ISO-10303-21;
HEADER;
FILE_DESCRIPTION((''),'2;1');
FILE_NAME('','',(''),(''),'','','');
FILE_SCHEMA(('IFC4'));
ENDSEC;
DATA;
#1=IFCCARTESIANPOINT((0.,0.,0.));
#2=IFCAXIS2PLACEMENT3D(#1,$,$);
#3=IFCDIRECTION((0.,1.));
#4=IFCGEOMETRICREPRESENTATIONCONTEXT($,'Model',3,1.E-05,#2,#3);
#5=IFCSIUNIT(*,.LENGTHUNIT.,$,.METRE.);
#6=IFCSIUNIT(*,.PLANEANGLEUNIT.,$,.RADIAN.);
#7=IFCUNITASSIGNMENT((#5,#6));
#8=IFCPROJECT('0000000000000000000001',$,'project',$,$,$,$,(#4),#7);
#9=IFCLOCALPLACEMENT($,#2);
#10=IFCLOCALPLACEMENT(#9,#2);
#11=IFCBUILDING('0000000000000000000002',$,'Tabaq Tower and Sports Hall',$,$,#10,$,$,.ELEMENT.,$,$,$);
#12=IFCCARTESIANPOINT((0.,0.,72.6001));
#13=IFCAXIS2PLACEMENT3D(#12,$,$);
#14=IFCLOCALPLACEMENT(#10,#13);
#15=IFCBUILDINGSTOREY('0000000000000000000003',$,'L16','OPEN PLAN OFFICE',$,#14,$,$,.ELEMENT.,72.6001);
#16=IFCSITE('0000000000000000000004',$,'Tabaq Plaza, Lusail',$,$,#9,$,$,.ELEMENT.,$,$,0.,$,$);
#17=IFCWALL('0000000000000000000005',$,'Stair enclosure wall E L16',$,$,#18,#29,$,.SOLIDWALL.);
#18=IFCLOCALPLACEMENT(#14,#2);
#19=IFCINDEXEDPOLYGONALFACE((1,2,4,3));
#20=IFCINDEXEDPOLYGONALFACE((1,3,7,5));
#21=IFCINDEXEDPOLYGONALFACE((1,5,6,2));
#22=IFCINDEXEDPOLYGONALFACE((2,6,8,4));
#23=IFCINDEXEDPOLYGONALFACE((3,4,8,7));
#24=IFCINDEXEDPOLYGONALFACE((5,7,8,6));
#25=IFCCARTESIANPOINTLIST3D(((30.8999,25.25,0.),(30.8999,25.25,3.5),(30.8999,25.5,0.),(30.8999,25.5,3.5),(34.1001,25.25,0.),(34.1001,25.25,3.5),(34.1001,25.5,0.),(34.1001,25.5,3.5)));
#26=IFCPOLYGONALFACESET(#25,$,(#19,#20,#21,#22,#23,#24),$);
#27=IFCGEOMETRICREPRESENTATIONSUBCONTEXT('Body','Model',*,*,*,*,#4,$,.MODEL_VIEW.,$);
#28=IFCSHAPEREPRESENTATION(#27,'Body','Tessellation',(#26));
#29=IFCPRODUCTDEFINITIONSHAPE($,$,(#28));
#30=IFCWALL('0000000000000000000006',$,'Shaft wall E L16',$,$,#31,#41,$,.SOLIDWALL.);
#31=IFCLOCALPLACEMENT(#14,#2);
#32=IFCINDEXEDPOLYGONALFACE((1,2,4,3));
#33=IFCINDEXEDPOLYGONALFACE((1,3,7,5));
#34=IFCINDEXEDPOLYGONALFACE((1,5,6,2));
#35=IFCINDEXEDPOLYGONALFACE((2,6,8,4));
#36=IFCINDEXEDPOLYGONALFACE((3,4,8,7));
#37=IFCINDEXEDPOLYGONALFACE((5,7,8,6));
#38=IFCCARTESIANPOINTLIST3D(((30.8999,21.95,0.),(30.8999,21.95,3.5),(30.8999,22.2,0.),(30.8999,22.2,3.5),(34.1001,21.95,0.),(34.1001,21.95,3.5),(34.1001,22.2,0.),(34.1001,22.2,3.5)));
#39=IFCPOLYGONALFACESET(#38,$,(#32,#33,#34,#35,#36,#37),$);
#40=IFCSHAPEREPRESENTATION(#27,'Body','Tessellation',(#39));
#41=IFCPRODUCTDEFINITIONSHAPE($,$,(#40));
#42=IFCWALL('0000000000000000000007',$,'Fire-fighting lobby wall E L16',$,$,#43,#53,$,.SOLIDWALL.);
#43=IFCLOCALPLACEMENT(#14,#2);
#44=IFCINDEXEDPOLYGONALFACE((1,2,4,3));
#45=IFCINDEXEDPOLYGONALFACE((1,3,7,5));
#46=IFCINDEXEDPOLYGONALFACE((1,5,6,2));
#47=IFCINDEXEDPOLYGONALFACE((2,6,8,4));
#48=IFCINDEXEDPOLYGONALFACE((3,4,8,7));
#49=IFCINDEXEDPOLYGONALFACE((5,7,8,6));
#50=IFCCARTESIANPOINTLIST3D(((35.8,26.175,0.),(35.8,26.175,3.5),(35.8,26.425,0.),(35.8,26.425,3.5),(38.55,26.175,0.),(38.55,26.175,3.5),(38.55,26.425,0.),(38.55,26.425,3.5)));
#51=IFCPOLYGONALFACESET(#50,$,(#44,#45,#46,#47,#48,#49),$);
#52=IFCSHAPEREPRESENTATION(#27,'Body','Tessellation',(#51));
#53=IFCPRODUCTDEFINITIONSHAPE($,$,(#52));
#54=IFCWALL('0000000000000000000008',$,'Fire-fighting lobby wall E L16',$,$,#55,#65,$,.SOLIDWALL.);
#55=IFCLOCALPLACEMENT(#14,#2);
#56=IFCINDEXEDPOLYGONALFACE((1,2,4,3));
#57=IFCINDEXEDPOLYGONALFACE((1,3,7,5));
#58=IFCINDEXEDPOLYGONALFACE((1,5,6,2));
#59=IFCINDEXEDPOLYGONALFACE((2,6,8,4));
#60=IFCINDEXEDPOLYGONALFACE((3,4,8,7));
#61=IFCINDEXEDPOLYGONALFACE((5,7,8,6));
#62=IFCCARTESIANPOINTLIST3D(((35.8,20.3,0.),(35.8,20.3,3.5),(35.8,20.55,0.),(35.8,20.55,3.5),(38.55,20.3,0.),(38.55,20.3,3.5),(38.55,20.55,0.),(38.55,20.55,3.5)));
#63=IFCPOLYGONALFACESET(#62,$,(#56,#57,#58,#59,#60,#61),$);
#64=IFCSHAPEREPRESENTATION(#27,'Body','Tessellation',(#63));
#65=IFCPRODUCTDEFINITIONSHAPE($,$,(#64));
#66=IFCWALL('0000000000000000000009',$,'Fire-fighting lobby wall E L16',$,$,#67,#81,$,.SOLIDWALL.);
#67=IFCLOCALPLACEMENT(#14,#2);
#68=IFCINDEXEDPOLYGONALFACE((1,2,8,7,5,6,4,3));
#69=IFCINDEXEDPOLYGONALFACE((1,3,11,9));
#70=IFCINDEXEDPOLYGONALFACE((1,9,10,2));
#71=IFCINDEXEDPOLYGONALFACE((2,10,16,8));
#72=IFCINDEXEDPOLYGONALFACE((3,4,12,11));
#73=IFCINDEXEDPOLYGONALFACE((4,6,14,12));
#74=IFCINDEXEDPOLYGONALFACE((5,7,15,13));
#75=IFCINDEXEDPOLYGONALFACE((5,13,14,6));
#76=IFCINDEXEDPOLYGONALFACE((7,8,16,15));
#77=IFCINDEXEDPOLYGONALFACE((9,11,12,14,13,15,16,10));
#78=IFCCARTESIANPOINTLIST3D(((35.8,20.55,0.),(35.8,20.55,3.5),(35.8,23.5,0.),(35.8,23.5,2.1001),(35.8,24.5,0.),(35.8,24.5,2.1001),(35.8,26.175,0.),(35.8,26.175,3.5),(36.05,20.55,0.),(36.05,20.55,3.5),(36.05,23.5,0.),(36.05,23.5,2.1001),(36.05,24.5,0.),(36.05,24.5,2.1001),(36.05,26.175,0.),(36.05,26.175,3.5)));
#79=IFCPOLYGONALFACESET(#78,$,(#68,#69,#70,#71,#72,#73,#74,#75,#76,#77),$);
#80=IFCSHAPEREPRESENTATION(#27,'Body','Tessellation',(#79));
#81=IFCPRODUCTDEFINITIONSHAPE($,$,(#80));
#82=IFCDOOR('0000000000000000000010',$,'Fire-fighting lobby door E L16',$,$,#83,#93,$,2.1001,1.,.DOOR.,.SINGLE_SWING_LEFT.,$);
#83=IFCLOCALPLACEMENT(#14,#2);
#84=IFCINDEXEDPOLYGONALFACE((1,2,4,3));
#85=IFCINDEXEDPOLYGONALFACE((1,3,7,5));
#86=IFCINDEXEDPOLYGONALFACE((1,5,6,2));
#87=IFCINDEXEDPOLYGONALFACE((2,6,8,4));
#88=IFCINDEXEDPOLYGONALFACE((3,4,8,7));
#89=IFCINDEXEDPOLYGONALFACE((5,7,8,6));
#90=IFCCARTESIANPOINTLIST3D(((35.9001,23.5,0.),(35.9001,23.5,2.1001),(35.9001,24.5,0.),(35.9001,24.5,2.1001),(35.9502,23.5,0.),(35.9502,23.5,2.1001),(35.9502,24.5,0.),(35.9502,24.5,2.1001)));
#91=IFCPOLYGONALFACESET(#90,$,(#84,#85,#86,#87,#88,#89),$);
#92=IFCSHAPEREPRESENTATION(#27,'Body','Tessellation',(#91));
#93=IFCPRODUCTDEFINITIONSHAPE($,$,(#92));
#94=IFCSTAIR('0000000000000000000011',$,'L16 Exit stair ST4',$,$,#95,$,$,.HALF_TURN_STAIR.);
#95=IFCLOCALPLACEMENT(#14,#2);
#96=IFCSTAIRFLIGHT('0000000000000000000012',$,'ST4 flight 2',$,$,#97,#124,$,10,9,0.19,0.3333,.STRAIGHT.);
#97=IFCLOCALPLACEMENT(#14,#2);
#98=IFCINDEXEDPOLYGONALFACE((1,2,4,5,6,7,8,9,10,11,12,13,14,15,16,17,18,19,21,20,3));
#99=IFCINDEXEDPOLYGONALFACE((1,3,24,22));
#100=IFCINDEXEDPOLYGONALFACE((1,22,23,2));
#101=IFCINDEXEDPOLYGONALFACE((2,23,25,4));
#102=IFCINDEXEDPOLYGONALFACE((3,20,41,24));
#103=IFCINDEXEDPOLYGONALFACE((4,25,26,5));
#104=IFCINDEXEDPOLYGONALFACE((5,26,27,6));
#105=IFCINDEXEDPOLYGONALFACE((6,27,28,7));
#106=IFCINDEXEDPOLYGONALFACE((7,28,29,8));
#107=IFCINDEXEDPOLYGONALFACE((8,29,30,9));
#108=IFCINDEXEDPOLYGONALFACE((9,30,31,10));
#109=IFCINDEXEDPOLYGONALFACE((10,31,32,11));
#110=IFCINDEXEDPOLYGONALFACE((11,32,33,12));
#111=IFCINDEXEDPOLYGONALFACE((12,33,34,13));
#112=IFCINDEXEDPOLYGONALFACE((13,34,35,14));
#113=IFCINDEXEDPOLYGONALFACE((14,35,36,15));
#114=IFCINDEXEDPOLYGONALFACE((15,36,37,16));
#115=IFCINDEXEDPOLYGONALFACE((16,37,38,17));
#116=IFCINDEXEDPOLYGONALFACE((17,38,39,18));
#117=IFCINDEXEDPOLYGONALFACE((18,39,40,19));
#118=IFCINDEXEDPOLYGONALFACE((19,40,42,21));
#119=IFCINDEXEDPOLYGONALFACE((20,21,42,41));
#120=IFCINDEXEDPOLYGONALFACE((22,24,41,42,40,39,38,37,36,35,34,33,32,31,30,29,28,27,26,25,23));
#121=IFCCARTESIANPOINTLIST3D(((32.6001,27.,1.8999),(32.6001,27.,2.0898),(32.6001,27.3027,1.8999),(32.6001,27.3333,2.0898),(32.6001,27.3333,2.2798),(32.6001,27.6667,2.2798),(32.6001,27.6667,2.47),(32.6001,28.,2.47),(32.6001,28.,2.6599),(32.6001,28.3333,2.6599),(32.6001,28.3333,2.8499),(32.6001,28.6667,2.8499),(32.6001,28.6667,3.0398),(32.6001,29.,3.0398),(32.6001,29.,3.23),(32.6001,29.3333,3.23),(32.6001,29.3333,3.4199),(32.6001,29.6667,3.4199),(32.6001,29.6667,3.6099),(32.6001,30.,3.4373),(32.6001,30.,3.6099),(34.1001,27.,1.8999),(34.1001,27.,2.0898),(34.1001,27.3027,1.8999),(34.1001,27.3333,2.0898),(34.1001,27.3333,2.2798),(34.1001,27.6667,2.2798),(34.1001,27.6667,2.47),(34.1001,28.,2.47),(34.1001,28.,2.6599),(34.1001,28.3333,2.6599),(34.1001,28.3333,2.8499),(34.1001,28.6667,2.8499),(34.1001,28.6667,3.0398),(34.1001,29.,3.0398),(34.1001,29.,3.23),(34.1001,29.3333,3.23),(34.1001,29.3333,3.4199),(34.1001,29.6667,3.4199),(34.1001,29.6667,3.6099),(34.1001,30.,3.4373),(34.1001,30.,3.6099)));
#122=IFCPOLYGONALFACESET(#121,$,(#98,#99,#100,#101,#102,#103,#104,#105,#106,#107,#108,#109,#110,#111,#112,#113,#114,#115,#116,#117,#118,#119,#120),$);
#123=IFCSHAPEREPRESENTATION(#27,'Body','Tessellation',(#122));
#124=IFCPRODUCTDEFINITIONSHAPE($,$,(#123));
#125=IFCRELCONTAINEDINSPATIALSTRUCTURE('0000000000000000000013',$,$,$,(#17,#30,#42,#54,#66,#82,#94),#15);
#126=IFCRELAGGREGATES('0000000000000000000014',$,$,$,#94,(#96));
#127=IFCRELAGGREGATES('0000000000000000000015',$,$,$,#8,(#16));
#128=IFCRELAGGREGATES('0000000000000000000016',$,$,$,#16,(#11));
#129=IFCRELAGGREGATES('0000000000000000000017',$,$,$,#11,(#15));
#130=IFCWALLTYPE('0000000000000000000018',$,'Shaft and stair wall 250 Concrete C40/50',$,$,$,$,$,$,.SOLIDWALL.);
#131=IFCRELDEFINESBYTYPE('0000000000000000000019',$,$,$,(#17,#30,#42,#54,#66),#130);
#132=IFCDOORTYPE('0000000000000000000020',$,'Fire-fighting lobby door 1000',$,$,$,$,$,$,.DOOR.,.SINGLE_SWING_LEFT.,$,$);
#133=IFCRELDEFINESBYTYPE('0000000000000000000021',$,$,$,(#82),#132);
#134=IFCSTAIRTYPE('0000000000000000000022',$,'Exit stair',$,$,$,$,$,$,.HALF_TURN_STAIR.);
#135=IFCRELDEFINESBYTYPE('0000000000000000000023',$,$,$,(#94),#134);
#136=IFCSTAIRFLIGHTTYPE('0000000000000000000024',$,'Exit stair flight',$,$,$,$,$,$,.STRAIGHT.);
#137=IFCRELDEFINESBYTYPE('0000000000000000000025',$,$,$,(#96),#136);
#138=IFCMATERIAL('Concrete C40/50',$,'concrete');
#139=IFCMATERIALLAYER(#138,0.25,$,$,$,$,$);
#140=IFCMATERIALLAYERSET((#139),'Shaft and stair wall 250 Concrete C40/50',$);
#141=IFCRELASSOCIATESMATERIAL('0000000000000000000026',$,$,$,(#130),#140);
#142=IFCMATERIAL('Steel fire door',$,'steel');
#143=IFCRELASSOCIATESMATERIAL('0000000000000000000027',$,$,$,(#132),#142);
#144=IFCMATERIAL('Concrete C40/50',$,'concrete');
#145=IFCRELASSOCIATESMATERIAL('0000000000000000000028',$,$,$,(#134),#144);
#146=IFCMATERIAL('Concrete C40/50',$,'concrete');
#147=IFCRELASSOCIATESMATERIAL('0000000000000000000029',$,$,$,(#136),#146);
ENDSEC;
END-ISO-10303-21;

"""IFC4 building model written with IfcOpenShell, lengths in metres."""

from ifc_helpers import new_model, si_unit, direction, frame, frame_2d, origin, place, context, subcontext, project, spatial, polyline, rectangle, outline, extrude, material, layer, layer_set, type_object, element, fill, aggregate, save


model = new_model("IFC4")

# Units and contexts
model_context = context("Model", 3, precision=1e-05, world=origin(), true_north=direction((0.0, 1.0)))
body_context = subcontext(model_context, "Body", "Model", "MODEL_VIEW")
ifc_project = project(units=[si_unit("LENGTHUNIT", "METRE"), si_unit("PLANEANGLEUNIT", "RADIAN")], contexts=[model_context])

# Site, building, storey
site_placement = place(None, origin())
site = spatial("IfcSite", under=ifc_project, at=site_placement, Name="Tabaq Plaza, Lusail", CompositionType="ELEMENT", RefElevation=0.0)
building_placement = place(site_placement, origin())
building = spatial("IfcBuilding", under=site, at=building_placement, Name="Tabaq Tower and Sports Hall", CompositionType="ELEMENT")
storey_placement = place(building_placement, frame((0.0, 0.0, 72.6001)))
storey = spatial("IfcBuildingStorey", under=building, at=storey_placement, Name="L16", Description="OPEN PLAN OFFICE", CompositionType="ELEMENT", Elevation=72.6001)

# Shared definitions
ifc_material_1 = material(Name="Concrete C40/50", Category="concrete")
ifc_layer_1 = layer(ifc_material_1, 0.25)
ifc_layer_set_1 = layer_set([ifc_layer_1], Name="Shaft and stair wall 250 Concrete C40/50")
wall_type_1 = type_object("IfcWallType", Name="Shaft and stair wall 250 Concrete C40/50", PredefinedType="SOLIDWALL", material=ifc_layer_set_1)

# Walls
for number, where, z_axis, x_axis, name in (
    (1, (30.8999, 25.375, 0.0), (0.0, 0.0, 1.0), (1.0, 0.0, 0.0), "Stair enclosure wall E L16"),
    (2, (30.8999, 22.075, 0.0), (0.0, 0.0, 1.0), (1.0, 0.0, 0.0), "Shaft wall E L16"),
):
    element("IfcWall", number, at=place(storey_placement, frame(where, z_axis=z_axis, x_axis=x_axis)), inside=storey, type_object=wall_type_1, Name=name, PredefinedType="SOLIDWALL", context=body_context, shape_type="SweptSolid", body=[
        extrude(rectangle(XDim=3.2002, YDim=0.25, at=frame_2d((1.6001, 0.0))), origin(), (0.0, 0.0, 1.0), 3.5),
    ])
for number, where, z_axis, x_axis, name in (
    (3, (35.8, 26.3, 0.0), (0.0, 0.0, 1.0), (1.0, 0.0, 0.0), "Fire-fighting lobby wall E L16"),
    (4, (35.8, 20.425, 0.0), (0.0, 0.0, 1.0), (1.0, 0.0, 0.0), "Fire-fighting lobby wall E L16"),
):
    element("IfcWall", number, at=place(storey_placement, frame(where, z_axis=z_axis, x_axis=x_axis)), inside=storey, type_object=wall_type_1, Name=name, PredefinedType="SOLIDWALL", context=body_context, shape_type="SweptSolid", body=[
        extrude(rectangle(XDim=2.75, YDim=0.25, at=frame_2d((1.375, 0.0))), origin(), (0.0, 0.0, 1.0), 3.5),
    ])

# Wall, opening, door
wall_1_placement = place(storey_placement, frame((35.925, 20.55, 0.0), z_axis=(0.0, 0.0, 1.0), x_axis=(0.0, 1.0, 0.0)))
wall_1 = element("IfcWall", 5, at=wall_1_placement, inside=storey, type_object=wall_type_1, Name="Fire-fighting lobby wall E L16", PredefinedType="SOLIDWALL", context=body_context, shape_type="SweptSolid", body=[
    extrude(rectangle(XDim=5.625, YDim=0.25, at=frame_2d((2.8125, 0.0))), origin(), (0.0, 0.0, 1.0), 3.5),
])
opening_1_placement = place(wall_1_placement, frame((2.95, 0.0, 0.0)))
opening_1 = element("IfcOpeningElement", 6, at=opening_1_placement, cuts=wall_1, PredefinedType="OPENING", context=body_context, shape_type="SweptSolid", body=[
    extrude(rectangle(XDim=1.0, YDim=2.1001, at=frame_2d((0.5, 1.05))), frame((0.0, 0.125, 0.0), z_axis=(0.0, -1.0, 0.0), x_axis=(1.0, 0.0, 0.0)), (0.0, 0.0, 1.0), 0.25),
])
ifc_material_2 = material(Name="Steel fire door", Category="steel")
door_type_1 = type_object("IfcDoorType", Name="Fire-fighting lobby door 1000", OperationType="SINGLE_SWING_LEFT", PredefinedType="DOOR", material=ifc_material_2)
door_1_placement = place(opening_1_placement, origin())
door_1 = element("IfcDoor", 7, at=door_1_placement, inside=storey, type_object=door_type_1, Name="Fire-fighting lobby door E L16", OperationType="SINGLE_SWING_LEFT", OverallHeight=2.1001, OverallWidth=1.0, PredefinedType="DOOR", context=body_context, shape_type="SweptSolid", body=[
    extrude(rectangle(XDim=1.0, YDim=2.1001, at=frame_2d((0.5, 1.05))), frame((0.0, 0.0249, 0.0), z_axis=(0.0, -1.0, 0.0), x_axis=(1.0, 0.0, 0.0)), (0.0, 0.0, 1.0), 0.05),
])
fill(opening_1, door_1)

# Stair, stair flight
ifc_material_3 = material(Name="Concrete C40/50", Category="concrete")
stair_type = type_object("IfcStairType", Name="Exit stair", PredefinedType="HALF_TURN_STAIR", material=ifc_material_3)
stair_placement = place(storey_placement, origin())
stair = element("IfcStair", 8, at=stair_placement, inside=storey, type_object=stair_type, Name="L16 Exit stair ST4", PredefinedType="HALF_TURN_STAIR")
ifc_material_4 = material(Name="Concrete C40/50", Category="concrete")
stair_flight_type = type_object("IfcStairFlightType", Name="Exit stair flight", PredefinedType="STRAIGHT", material=ifc_material_4)
stair_flight_placement = place(storey_placement, frame((33.3501, 27.0, 1.8999), z_axis=(0.0, 0.0, 1.0), x_axis=(0.0, 1.0, 0.0)))
stair_flight = element("IfcStairFlight", 9, at=stair_flight_placement, type_object=stair_flight_type, Name="ST4 flight 2", NumberOfRisers=10, NumberOfTreads=9, PredefinedType="STRAIGHT", RiserHeight=0.19, TreadLength=0.3333, context=body_context, shape_type="SweptSolid", body=[
    extrude(outline(polyline([(0.0, 0.0), (0.0, 0.1899), (0.3333, 0.1899), (0.3333, 0.3799), (0.6667, 0.3799), (0.6667, 0.5701), (1.0, 0.5701), (1.0, 0.76), (1.3333, 0.76), (1.3333, 0.95), (1.6667, 0.95), (1.6667, 1.1399), (2.0, 1.1399), (2.0, 1.3301), (2.3333, 1.3301), (2.3333, 1.52), (2.6667, 1.52), (2.6667, 1.71), (3.0, 1.71), (3.0, 1.8999), (3.0, 1.5374), (0.3027, 0.0), (0.0, 0.0)])), frame((0.0, 0.75, 0.0), z_axis=(0.0, -1.0, 0.0), x_axis=(1.0, 0.0, 0.0)), (0.0, 0.0, 1.0), 1.5),
])
aggregate(stair, [stair_flight])

save(model, "model.ifc")
